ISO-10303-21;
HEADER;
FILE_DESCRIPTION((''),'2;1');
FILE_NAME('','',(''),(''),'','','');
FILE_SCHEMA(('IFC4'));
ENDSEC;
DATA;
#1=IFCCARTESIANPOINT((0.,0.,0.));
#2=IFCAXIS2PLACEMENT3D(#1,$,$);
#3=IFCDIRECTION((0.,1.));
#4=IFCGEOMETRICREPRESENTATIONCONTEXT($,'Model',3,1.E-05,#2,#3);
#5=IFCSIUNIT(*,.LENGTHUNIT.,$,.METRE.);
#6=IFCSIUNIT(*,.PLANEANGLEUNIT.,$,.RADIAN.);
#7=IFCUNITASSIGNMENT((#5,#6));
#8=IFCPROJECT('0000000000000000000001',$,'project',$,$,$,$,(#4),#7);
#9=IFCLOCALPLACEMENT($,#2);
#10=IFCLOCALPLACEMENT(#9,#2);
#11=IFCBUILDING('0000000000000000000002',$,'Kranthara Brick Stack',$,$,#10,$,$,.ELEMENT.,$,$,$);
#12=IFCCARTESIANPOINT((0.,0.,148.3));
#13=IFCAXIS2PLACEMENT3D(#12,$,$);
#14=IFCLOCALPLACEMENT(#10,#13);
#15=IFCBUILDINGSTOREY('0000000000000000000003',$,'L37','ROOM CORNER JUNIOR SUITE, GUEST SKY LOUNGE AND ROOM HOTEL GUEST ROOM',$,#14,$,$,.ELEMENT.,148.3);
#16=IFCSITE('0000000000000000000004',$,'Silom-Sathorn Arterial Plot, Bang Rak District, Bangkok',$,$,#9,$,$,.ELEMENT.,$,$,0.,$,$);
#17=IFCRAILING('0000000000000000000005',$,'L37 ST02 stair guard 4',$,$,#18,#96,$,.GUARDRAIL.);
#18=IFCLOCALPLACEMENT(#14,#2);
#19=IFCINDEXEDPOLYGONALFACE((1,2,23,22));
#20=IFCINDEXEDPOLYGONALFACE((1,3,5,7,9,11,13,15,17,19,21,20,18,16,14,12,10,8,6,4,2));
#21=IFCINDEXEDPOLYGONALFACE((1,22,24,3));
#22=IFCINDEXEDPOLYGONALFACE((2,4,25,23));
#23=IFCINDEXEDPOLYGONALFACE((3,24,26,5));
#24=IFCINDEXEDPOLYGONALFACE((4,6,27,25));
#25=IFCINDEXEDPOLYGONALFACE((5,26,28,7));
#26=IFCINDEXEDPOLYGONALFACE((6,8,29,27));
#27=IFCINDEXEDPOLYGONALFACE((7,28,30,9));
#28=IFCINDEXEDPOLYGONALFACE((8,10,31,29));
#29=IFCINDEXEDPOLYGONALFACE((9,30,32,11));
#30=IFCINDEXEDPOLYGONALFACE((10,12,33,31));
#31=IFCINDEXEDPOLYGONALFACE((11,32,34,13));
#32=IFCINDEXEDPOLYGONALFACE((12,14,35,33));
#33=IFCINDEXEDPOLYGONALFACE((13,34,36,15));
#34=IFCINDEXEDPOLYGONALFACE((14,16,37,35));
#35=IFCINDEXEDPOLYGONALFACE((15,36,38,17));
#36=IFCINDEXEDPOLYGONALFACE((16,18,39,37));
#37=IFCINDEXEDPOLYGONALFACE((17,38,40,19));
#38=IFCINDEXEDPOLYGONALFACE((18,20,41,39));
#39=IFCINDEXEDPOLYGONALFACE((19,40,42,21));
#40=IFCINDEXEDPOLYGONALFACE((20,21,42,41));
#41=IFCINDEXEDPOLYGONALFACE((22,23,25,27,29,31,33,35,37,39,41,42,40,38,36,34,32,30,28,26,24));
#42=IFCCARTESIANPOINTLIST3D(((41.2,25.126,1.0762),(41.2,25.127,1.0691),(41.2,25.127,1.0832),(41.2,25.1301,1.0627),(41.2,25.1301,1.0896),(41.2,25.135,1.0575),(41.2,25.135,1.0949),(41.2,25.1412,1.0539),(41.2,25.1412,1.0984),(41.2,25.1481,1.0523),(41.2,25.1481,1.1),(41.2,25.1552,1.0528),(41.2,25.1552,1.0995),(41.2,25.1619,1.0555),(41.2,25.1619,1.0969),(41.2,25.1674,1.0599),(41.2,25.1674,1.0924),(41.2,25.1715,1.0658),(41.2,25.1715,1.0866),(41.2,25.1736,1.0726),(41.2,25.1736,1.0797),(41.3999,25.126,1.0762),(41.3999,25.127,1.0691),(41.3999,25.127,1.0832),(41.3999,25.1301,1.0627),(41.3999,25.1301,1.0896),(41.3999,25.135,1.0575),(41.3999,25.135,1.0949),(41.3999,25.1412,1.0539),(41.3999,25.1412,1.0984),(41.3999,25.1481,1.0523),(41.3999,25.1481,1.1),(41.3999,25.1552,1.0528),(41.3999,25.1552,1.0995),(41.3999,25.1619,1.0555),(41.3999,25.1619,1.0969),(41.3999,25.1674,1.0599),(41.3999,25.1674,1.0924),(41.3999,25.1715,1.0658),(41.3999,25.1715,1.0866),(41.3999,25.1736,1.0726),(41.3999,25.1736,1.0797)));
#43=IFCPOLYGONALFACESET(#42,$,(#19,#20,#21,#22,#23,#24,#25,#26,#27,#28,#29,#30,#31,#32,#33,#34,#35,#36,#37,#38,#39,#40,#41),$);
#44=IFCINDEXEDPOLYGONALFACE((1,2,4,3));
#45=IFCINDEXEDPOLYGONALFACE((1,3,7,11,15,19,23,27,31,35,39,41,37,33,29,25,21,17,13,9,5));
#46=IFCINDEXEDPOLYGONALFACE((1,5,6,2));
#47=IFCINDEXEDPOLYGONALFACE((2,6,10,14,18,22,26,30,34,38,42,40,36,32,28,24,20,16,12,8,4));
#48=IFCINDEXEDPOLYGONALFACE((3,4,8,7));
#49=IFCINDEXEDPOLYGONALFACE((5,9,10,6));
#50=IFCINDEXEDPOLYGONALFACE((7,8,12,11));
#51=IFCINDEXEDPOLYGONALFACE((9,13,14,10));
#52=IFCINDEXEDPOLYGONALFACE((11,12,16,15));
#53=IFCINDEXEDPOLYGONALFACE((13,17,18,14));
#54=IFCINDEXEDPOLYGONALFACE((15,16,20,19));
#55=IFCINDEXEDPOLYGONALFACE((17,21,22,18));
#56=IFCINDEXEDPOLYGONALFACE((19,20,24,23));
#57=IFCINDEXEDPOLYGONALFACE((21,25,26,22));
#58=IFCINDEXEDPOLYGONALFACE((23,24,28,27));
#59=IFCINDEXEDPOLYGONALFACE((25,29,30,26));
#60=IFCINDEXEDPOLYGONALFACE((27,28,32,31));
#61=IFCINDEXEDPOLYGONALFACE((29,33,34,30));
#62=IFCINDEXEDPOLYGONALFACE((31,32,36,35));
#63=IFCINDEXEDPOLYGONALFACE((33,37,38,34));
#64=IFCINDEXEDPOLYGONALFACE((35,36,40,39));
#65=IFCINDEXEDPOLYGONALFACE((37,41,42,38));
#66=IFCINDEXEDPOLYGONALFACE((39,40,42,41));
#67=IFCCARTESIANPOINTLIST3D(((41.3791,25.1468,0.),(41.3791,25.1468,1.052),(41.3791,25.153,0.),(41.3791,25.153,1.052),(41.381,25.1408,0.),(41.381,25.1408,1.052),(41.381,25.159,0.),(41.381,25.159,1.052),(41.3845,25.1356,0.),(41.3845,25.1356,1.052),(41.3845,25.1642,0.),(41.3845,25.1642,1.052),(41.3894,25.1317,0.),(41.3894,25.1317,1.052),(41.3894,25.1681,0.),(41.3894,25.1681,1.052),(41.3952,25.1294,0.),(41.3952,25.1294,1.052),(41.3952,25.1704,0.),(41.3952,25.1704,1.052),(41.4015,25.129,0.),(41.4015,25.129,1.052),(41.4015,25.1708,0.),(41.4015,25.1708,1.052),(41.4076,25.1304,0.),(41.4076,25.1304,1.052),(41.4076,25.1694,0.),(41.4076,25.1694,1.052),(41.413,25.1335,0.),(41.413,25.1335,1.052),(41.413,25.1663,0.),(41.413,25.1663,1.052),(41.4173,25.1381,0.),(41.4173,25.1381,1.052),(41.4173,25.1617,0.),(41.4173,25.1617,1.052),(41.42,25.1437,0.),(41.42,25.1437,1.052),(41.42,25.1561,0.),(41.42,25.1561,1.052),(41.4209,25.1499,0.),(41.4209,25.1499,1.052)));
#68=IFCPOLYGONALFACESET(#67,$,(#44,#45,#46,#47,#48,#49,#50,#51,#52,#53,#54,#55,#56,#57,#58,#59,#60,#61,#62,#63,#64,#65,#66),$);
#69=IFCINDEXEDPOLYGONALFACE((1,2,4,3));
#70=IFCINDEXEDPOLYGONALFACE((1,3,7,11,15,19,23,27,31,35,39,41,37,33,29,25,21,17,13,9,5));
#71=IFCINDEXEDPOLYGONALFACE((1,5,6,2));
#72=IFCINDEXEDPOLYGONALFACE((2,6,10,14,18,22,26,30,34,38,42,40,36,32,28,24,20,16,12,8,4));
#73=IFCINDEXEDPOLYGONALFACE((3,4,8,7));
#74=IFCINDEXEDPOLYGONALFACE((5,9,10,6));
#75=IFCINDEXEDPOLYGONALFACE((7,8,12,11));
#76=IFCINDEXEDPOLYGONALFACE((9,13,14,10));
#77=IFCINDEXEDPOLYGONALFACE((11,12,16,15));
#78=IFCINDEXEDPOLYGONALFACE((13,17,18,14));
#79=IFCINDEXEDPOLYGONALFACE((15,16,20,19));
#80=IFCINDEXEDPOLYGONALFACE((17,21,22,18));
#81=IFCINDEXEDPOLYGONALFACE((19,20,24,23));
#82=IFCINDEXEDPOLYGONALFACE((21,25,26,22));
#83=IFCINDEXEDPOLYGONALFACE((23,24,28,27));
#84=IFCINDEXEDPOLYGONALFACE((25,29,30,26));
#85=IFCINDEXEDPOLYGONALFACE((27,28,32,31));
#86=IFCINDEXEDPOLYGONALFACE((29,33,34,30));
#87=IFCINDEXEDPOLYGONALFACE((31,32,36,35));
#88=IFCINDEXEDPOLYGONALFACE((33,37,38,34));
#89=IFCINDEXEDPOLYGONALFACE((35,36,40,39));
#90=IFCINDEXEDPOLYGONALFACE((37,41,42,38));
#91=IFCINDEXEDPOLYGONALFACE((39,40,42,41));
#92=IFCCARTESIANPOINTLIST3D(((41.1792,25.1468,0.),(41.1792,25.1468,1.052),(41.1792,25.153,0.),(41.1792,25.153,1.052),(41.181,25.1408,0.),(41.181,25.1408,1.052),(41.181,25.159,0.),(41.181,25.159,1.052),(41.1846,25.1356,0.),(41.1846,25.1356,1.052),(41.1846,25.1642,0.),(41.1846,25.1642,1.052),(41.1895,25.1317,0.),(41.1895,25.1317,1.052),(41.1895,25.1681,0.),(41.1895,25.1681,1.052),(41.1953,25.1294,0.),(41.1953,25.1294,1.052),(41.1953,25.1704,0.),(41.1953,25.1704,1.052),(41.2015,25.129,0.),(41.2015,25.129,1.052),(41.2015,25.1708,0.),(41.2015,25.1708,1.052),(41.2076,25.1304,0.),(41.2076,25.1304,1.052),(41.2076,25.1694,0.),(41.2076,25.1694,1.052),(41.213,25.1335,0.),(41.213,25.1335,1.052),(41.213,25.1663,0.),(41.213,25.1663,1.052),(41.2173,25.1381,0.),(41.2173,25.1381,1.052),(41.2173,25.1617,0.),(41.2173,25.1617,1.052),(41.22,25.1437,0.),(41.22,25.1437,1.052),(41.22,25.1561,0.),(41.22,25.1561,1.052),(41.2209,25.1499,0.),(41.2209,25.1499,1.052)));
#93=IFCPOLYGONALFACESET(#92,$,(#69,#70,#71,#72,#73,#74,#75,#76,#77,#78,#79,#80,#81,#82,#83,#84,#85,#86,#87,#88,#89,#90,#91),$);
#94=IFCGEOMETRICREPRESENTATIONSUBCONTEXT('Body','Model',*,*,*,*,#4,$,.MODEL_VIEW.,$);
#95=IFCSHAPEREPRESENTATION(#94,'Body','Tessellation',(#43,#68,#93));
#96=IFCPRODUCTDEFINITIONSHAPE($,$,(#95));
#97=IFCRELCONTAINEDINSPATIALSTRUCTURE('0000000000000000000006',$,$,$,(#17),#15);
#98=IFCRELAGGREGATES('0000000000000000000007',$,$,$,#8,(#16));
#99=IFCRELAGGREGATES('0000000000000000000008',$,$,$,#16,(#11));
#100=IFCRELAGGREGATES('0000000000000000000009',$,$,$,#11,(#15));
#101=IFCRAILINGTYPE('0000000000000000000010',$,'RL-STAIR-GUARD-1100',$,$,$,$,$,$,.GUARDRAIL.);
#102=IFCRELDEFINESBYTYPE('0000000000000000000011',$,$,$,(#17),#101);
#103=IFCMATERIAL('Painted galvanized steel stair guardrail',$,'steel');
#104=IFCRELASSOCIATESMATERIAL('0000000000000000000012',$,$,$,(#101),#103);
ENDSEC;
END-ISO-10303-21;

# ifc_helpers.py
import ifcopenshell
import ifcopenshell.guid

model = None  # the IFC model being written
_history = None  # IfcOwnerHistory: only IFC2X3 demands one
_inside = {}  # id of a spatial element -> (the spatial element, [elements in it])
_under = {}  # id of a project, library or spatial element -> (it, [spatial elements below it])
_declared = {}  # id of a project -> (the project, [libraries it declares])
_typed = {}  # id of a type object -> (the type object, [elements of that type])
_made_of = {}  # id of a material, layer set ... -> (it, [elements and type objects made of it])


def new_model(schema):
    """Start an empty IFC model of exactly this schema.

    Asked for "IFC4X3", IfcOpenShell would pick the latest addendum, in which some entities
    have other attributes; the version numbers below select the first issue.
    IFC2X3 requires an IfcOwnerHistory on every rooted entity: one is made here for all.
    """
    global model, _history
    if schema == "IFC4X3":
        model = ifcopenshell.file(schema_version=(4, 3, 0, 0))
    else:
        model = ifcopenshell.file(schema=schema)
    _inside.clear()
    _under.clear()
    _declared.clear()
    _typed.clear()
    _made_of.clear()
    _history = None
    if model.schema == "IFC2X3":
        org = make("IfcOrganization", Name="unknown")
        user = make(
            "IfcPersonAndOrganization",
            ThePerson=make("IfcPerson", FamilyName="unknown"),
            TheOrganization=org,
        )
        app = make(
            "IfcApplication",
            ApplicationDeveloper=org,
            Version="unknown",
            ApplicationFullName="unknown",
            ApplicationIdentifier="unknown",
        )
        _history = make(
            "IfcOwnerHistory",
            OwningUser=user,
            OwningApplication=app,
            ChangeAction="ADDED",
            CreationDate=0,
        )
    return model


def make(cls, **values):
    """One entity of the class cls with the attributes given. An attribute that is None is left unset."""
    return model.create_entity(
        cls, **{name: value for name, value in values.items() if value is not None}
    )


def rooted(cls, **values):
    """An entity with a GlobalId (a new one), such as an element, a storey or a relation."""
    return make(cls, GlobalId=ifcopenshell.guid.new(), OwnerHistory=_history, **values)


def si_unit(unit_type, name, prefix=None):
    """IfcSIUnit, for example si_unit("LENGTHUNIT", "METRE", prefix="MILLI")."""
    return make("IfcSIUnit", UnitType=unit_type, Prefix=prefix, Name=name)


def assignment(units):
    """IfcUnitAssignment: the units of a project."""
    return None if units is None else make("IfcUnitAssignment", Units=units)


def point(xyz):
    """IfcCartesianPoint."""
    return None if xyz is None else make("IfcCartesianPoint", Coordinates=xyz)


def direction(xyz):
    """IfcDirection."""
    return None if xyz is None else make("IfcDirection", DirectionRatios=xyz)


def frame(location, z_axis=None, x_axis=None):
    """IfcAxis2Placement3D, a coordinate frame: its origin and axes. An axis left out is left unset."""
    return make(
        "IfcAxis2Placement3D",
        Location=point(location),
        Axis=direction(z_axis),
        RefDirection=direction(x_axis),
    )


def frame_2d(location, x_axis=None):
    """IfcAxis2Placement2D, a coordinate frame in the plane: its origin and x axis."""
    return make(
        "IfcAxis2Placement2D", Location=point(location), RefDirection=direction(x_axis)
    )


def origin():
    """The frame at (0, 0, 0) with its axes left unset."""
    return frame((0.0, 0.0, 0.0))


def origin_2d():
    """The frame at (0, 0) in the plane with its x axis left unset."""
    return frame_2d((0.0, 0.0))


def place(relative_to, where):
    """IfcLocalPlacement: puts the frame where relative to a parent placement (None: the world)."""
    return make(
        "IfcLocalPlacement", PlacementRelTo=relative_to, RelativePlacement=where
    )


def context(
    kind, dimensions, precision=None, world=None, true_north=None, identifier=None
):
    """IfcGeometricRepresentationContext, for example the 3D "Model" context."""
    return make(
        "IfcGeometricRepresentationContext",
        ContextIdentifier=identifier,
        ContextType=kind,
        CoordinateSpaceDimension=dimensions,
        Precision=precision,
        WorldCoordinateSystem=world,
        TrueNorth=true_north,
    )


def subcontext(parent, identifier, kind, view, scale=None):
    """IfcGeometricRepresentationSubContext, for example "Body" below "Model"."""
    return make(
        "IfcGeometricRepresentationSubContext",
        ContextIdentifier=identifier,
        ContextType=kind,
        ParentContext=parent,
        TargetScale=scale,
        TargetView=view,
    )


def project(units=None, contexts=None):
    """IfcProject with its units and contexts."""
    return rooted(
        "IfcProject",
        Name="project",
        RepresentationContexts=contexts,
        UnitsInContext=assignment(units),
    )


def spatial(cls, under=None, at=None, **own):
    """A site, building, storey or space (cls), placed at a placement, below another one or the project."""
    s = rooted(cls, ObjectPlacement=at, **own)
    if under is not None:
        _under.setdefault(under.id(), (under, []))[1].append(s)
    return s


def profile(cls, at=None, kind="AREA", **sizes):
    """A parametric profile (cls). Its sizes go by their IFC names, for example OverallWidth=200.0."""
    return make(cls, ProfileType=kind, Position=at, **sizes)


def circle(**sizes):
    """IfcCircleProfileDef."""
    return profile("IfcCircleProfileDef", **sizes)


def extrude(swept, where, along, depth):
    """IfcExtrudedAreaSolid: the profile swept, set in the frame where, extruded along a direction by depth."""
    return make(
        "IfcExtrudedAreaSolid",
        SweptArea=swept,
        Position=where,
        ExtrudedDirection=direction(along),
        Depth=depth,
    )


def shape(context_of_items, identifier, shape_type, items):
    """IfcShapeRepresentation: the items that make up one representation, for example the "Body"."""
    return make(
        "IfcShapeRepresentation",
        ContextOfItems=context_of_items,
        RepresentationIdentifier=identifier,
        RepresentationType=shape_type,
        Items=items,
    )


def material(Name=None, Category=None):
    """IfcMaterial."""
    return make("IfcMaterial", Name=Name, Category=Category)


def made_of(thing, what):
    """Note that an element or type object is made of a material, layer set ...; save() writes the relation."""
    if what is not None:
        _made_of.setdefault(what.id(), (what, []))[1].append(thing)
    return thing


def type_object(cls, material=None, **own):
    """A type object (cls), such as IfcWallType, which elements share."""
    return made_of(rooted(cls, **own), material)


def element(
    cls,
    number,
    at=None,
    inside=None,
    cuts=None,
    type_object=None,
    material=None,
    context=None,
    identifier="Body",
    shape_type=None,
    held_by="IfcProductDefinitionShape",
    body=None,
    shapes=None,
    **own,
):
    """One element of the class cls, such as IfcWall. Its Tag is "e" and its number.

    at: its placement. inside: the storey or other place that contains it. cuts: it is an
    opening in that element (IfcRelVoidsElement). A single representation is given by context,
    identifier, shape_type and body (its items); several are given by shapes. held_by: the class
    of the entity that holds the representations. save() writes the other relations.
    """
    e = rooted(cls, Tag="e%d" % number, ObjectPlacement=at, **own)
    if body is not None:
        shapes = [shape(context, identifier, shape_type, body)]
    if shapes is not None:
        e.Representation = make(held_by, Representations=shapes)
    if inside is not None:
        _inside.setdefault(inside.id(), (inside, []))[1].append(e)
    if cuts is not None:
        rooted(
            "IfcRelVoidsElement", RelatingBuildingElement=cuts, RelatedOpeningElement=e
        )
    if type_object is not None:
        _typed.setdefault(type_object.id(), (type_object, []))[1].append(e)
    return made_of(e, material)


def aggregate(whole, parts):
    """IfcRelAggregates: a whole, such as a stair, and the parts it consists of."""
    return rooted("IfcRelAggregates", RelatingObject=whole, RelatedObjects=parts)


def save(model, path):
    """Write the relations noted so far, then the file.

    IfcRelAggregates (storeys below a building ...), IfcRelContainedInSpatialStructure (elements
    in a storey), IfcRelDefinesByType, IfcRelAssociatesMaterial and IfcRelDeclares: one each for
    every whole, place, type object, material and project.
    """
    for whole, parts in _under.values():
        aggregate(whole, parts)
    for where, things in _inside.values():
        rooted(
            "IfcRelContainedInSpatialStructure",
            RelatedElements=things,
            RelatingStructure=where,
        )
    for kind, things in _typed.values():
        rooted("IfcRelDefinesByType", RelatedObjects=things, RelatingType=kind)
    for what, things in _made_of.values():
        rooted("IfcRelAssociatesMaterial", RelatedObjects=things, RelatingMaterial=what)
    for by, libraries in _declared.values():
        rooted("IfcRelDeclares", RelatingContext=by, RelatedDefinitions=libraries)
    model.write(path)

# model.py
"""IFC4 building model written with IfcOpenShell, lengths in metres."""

from ifc_helpers import new_model, si_unit, direction, frame, origin, origin_2d, place, context, subcontext, project, spatial, circle, extrude, material, type_object, element, save


model = new_model("IFC4")

# Units and contexts
model_context = context("Model", 3, precision=1e-05, world=origin(), true_north=direction((0.0, 1.0)))
body_context = subcontext(model_context, "Body", "Model", "MODEL_VIEW")
ifc_project = project(units=[si_unit("LENGTHUNIT", "METRE"), si_unit("PLANEANGLEUNIT", "RADIAN")], contexts=[model_context])

# Site, building, storey
site_placement = place(None, origin())
site = spatial("IfcSite", under=ifc_project, at=site_placement, Name="Silom-Sathorn Arterial Plot, Bang Rak District, Bangkok", CompositionType="ELEMENT", RefElevation=0.0)
building_placement = place(site_placement, origin())
building = spatial("IfcBuilding", under=site, at=building_placement, Name="Kranthara Brick Stack", CompositionType="ELEMENT")
storey_placement = place(building_placement, frame((0.0, 0.0, 148.3)))
storey = spatial("IfcBuildingStorey", under=building, at=storey_placement, Name="L37", Description="ROOM CORNER JUNIOR SUITE, GUEST SKY LOUNGE AND ROOM HOTEL GUEST ROOM", CompositionType="ELEMENT", Elevation=148.3)

# Railing
ifc_material_1 = material(Name="Painted galvanized steel stair guardrail", Category="steel")
railing_type_1 = type_object("IfcRailingType", Name="RL-STAIR-GUARD-1100", PredefinedType="GUARDRAIL", material=ifc_material_1)
railing_1_placement = place(storey_placement, frame((41.3999, 25.1499, 0.0)))
element("IfcRailing", 1, at=railing_1_placement, inside=storey, type_object=railing_type_1, Name="L37 ST02 stair guard 4", PredefinedType="GUARDRAIL", context=body_context, shape_type="SweptSolid", body=[
    extrude(circle(Radius=0.0239, at=origin_2d()), frame((0.0, 0.0, 1.0762), z_axis=(-1.0, 0.0, 0.0), x_axis=(0.0, -1.0, 0.0)), (0.0, 0.0, 1.0), 0.2),
    extrude(circle(Radius=0.021, at=origin_2d()), origin(), (0.0, 0.0, 1.0), 1.052),
    extrude(circle(Radius=0.021, at=origin_2d()), frame((-0.2, 0.0, 0.0)), (0.0, 0.0, 1.0), 1.052),
])

save(model, "model.ifc")
